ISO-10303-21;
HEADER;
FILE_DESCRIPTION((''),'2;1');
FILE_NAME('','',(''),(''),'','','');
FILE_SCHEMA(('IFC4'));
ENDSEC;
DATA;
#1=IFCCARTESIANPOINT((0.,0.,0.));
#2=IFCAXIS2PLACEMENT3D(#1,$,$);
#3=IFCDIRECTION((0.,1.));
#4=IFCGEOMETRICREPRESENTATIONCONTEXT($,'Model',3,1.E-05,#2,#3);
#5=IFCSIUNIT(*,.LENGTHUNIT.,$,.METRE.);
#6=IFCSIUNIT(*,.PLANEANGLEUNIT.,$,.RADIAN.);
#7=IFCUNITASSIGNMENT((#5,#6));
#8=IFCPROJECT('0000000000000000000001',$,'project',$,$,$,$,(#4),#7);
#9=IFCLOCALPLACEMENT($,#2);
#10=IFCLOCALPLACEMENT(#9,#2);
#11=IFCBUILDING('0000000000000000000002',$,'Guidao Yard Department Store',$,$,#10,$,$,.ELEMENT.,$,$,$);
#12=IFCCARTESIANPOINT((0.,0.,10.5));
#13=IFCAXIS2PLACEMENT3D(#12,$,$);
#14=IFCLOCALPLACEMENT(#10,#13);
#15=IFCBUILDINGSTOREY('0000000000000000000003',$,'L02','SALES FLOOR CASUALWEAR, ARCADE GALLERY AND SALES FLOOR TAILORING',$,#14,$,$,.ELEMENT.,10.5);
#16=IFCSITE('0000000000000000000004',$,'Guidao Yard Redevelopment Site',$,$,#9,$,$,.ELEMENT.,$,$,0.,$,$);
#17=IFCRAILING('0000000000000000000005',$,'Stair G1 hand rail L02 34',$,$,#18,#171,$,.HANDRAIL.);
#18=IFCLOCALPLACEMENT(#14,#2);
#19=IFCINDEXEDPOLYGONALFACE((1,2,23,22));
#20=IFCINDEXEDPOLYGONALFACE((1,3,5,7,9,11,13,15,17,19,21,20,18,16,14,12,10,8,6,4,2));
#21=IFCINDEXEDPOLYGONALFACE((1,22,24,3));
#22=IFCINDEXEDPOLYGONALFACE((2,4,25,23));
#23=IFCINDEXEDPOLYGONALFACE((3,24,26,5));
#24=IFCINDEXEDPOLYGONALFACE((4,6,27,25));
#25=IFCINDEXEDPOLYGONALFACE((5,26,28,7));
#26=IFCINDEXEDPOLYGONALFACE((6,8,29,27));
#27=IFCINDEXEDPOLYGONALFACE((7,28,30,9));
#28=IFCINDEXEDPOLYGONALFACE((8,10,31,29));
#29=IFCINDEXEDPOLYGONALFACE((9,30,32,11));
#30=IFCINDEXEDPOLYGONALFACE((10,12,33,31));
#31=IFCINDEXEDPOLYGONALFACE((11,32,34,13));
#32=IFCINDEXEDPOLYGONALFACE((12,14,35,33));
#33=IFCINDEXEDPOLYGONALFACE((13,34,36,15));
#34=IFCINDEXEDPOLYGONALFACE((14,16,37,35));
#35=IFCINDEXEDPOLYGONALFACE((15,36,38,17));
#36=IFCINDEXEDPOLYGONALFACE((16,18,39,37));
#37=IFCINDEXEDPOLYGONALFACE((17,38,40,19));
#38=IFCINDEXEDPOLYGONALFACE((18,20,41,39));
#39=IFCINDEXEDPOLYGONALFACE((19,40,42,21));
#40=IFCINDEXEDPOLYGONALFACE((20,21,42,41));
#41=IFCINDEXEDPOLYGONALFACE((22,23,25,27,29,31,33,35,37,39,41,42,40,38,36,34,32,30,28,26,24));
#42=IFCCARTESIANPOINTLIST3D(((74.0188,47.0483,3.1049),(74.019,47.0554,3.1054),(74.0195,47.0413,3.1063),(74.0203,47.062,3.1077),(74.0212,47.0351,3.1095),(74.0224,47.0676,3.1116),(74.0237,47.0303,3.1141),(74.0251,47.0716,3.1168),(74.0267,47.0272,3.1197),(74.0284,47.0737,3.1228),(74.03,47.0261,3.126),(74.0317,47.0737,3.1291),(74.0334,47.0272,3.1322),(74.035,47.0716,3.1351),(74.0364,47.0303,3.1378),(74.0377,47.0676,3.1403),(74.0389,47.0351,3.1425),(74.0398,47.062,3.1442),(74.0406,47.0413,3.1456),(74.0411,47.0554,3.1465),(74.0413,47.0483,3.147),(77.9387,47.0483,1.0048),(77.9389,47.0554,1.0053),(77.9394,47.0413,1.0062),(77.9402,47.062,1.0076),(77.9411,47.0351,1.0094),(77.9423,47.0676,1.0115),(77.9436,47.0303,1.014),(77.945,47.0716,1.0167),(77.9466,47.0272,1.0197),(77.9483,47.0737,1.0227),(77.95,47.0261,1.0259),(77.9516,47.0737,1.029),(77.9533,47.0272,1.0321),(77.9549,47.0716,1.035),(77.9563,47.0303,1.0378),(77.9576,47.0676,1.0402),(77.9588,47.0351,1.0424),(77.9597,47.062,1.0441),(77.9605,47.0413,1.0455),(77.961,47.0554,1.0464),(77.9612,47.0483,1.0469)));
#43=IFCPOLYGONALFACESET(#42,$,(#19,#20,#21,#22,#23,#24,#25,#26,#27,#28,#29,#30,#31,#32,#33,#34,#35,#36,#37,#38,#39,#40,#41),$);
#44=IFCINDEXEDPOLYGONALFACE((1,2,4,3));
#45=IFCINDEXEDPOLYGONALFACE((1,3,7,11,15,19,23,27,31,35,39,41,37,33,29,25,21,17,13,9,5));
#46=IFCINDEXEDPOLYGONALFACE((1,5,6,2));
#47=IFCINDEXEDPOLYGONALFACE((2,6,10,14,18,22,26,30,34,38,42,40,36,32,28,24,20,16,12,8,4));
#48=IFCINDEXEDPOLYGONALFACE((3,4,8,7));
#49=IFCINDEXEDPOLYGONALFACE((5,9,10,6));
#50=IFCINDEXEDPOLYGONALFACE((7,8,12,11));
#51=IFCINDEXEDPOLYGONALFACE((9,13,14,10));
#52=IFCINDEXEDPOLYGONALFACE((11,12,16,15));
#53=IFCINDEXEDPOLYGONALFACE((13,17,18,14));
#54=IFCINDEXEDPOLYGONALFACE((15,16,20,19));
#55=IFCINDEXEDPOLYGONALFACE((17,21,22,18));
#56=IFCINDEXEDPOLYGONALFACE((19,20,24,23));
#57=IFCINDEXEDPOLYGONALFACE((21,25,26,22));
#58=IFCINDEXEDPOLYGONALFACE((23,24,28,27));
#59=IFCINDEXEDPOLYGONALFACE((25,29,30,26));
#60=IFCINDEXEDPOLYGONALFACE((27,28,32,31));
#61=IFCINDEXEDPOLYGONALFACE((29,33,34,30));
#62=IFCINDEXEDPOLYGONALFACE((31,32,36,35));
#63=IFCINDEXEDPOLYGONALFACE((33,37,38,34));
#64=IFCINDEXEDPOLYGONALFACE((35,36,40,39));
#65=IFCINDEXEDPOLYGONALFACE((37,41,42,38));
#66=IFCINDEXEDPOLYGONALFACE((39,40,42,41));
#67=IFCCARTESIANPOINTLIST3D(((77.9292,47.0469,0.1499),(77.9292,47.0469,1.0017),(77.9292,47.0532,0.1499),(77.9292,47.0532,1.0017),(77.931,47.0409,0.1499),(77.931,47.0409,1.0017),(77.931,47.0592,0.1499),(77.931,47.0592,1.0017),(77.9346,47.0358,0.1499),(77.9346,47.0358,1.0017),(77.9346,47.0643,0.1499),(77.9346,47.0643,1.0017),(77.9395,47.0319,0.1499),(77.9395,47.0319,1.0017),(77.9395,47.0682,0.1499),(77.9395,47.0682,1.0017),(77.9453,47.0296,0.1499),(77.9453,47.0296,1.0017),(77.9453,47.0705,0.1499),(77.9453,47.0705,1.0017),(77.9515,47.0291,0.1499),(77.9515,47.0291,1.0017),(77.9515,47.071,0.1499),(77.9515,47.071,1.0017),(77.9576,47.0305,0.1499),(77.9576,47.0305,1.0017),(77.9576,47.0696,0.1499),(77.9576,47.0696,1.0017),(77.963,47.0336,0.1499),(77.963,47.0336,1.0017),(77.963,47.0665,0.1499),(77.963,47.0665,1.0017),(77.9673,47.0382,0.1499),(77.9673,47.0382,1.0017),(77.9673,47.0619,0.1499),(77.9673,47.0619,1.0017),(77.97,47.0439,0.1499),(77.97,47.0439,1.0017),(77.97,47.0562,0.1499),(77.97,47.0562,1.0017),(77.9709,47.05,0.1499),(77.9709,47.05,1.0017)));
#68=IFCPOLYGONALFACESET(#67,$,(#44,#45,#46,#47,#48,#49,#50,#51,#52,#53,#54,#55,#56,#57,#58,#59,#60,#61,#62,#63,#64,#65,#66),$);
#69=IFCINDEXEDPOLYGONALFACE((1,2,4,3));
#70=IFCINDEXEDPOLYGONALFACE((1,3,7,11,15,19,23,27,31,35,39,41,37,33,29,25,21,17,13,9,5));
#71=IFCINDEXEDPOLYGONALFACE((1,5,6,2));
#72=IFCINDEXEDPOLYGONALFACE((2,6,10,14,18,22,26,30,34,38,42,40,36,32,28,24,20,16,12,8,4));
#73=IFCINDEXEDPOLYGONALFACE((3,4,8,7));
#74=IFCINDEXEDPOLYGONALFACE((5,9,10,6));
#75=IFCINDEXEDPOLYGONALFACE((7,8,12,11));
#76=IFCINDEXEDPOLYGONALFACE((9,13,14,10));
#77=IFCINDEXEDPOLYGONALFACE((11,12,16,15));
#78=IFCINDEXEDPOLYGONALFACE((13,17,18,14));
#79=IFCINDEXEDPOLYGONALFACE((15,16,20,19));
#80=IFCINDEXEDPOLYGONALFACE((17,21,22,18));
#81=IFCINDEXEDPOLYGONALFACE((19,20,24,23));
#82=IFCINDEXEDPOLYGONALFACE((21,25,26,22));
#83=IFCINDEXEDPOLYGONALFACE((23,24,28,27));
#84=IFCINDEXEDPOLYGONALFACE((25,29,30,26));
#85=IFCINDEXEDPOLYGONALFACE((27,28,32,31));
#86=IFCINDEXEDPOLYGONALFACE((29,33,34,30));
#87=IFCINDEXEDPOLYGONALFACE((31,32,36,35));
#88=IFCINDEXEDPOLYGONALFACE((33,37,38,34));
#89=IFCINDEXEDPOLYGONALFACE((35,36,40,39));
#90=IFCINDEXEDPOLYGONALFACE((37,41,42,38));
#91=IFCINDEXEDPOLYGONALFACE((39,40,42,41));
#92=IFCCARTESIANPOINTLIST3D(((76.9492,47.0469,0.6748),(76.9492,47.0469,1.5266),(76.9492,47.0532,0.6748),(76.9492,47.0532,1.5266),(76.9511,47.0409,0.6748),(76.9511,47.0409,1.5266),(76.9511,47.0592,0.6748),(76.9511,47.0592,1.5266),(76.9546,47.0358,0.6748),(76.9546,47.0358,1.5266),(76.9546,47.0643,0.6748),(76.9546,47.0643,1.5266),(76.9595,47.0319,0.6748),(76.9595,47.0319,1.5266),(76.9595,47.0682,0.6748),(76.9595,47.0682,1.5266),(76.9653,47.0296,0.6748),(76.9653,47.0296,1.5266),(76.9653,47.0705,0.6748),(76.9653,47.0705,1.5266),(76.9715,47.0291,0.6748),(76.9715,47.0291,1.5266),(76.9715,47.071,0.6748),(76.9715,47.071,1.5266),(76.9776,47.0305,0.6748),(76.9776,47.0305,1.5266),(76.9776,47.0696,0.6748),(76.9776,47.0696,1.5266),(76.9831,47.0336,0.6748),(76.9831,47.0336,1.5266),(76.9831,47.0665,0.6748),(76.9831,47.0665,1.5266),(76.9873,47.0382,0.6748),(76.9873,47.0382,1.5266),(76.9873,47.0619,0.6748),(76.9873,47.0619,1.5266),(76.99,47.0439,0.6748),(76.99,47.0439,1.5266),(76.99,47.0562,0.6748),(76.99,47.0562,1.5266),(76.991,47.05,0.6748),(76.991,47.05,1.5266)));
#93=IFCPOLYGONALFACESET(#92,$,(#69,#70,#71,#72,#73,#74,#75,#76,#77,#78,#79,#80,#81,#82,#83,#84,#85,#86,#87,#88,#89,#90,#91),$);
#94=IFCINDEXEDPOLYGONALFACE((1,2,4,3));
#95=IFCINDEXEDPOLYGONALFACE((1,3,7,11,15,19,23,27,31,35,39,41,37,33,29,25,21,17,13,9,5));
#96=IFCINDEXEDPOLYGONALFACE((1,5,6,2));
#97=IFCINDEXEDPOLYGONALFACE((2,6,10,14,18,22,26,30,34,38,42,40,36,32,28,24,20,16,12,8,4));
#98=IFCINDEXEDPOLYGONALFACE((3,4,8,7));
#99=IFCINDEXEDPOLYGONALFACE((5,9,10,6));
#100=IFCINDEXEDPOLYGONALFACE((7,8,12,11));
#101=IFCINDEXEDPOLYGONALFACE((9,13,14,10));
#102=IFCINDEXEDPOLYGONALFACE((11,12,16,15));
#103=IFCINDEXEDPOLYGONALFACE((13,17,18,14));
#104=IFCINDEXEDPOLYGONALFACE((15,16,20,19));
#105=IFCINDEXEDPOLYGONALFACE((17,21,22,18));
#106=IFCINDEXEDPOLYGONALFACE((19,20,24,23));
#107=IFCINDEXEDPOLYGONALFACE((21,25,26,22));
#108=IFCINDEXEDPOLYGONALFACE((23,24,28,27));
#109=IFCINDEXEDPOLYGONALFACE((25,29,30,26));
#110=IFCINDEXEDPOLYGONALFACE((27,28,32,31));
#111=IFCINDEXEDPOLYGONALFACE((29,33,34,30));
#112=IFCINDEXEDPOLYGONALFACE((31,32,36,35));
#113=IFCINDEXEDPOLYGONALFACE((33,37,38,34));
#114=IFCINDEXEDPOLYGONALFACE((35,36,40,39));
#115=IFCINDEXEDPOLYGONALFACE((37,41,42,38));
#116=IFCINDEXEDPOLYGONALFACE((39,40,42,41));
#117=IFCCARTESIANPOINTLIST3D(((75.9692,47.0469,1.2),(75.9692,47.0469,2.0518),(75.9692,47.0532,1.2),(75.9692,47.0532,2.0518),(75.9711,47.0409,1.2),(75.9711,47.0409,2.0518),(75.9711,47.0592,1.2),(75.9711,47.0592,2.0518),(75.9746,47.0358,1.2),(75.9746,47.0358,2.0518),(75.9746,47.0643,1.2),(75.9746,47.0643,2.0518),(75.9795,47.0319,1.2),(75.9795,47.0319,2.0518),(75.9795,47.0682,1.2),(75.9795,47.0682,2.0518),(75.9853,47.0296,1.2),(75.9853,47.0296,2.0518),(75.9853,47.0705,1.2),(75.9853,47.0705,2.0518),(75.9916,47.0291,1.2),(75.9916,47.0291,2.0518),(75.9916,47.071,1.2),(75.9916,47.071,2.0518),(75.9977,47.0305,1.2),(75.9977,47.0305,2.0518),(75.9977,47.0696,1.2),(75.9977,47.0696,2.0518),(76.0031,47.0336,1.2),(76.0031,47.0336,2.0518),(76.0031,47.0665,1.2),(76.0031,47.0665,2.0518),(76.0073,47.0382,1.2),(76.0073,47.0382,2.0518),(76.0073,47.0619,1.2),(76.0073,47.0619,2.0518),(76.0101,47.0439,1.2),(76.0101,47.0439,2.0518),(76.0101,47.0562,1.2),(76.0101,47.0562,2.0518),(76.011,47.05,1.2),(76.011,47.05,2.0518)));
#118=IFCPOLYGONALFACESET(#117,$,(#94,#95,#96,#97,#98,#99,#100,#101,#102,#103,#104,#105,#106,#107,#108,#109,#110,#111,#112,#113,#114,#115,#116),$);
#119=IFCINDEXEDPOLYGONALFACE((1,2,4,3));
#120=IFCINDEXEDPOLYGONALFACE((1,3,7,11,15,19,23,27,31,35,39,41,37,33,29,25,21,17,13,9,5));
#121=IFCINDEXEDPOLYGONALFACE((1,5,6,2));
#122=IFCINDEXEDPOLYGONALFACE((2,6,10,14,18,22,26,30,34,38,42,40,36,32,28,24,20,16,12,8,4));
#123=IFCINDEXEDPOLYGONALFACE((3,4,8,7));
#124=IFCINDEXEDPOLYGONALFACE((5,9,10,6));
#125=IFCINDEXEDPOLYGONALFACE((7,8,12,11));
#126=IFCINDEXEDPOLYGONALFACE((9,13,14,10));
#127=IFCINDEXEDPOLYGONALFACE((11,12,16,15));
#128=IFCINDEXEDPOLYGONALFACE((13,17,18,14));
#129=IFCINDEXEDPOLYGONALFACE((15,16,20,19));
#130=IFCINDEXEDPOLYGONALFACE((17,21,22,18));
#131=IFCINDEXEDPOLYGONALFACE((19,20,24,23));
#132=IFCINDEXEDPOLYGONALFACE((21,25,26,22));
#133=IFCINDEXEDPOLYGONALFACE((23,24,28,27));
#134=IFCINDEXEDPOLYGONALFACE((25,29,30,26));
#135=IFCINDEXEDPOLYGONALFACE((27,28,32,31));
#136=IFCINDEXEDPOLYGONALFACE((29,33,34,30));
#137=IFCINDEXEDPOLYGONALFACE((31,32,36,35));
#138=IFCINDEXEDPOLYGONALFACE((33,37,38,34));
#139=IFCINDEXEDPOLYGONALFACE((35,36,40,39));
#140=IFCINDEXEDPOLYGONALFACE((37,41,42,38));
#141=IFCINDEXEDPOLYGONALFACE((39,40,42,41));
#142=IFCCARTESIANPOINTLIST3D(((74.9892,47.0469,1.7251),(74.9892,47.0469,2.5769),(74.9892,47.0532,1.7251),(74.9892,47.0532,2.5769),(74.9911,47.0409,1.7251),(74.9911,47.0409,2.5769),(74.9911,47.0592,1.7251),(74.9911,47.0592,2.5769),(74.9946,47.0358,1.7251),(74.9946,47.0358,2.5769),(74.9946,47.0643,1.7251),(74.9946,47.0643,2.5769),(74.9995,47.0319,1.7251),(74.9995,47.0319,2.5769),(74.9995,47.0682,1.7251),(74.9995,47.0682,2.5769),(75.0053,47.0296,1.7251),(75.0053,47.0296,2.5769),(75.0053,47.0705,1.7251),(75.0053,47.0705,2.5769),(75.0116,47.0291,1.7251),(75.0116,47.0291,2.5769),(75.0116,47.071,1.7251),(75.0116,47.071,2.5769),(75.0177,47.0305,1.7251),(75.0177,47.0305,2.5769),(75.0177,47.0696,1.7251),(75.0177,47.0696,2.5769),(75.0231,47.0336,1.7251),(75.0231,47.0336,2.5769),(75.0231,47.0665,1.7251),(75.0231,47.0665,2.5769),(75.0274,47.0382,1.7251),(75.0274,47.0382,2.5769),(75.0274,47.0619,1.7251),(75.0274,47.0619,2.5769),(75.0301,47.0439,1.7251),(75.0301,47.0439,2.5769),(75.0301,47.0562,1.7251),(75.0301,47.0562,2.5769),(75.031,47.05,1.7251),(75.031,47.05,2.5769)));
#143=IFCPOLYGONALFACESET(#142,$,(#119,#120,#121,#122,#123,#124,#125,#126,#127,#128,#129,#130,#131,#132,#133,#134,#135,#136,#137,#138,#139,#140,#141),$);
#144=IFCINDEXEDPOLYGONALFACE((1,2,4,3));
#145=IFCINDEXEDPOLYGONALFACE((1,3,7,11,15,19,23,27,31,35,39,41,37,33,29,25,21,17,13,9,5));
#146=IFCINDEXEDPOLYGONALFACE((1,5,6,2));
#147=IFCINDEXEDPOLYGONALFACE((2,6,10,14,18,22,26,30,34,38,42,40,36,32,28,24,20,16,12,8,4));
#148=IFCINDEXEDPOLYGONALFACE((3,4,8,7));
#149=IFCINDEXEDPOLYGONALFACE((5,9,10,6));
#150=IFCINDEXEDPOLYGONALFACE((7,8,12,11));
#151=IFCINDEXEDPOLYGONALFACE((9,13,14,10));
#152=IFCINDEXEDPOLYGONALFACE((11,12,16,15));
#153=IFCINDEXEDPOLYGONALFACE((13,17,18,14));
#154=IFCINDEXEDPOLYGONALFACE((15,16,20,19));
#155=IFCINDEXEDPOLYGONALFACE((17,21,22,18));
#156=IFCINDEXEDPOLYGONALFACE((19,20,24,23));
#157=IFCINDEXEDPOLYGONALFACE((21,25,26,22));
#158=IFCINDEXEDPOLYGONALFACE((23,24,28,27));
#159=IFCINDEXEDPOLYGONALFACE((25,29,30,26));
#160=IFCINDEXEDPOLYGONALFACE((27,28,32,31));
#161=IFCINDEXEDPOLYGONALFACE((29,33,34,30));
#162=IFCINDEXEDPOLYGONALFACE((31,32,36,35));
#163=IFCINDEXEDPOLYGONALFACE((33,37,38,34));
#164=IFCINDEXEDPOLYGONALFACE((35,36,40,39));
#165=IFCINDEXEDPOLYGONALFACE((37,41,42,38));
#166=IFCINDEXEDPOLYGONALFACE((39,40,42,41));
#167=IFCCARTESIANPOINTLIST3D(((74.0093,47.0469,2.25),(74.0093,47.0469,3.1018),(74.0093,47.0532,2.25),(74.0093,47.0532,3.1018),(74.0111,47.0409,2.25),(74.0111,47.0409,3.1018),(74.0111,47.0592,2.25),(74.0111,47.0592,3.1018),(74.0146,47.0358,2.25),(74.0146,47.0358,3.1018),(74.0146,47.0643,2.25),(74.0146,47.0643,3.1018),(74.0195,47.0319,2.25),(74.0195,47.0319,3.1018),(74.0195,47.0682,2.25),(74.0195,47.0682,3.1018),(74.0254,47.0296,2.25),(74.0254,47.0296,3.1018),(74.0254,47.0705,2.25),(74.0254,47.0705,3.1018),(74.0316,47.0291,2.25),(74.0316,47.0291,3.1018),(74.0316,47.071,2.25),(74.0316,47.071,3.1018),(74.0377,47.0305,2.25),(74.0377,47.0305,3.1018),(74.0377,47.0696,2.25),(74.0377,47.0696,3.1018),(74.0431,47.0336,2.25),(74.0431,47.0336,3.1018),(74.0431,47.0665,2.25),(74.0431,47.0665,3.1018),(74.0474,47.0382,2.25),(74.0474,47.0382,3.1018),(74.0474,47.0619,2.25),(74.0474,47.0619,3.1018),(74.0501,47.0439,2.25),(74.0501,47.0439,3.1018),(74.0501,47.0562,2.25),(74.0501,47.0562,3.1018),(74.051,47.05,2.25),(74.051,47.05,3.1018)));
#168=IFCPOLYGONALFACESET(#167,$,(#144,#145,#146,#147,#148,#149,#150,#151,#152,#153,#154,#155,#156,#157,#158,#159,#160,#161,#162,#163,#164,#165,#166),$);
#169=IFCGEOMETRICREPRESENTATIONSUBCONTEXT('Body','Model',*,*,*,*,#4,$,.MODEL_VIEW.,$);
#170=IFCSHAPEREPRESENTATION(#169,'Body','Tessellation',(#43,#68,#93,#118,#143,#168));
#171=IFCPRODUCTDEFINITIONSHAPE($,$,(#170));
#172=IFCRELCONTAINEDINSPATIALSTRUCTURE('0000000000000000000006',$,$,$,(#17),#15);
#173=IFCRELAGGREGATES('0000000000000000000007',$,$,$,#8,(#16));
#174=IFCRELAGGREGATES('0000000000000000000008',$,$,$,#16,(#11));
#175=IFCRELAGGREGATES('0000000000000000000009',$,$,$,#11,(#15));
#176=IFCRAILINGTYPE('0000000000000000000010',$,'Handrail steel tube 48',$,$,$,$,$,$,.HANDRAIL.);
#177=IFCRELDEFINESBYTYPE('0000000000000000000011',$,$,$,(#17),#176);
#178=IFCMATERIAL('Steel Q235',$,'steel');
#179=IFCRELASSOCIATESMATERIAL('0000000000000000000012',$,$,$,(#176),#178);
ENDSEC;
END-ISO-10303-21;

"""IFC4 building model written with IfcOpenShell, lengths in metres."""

from ifc_helpers import new_model, si_unit, direction, frame, origin, origin_2d, place, context, subcontext, project, spatial, circle, extrude, material, type_object, element, save


model = new_model("IFC4")

# Units and contexts
model_context = context("Model", 3, precision=1e-05, world=origin(), true_north=direction((0.0, 1.0)))
body_context = subcontext(model_context, "Body", "Model", "MODEL_VIEW")
ifc_project = project(units=[si_unit("LENGTHUNIT", "METRE"), si_unit("PLANEANGLEUNIT", "RADIAN")], contexts=[model_context])

# Site, building, storey
site_placement = place(None, origin())
site = spatial("IfcSite", under=ifc_project, at=site_placement, Name="Guidao Yard Redevelopment Site", CompositionType="ELEMENT", RefElevation=0.0)
building_placement = place(site_placement, origin())
building = spatial("IfcBuilding", under=site, at=building_placement, Name="Guidao Yard Department Store", CompositionType="ELEMENT")
storey_placement = place(building_placement, frame((0.0, 0.0, 10.5)))
storey = spatial("IfcBuildingStorey", under=building, at=storey_placement, Name="L02", Description="SALES FLOOR CASUALWEAR, ARCADE GALLERY AND SALES FLOOR TAILORING", CompositionType="ELEMENT", Elevation=10.5)

# Railing
ifc_material_1 = material(Name="Steel Q235", Category="steel")
railing_type_1 = type_object("IfcRailingType", Name="Handrail steel tube 48", PredefinedType="HANDRAIL", material=ifc_material_1)
for number, where, name in (
    (1, (77.95, 47.05, 0.1499), "Stair G1 hand rail L02 34"),
):
    element("IfcRailing", number, at=place(storey_placement, frame(where)), inside=storey, type_object=railing_type_1, Name=name, PredefinedType="HANDRAIL", context=body_context, shape_type="SweptSolid", body=[
        extrude(circle(Radius=0.0239, at=origin_2d()), frame((0.0, 0.0, 0.876), z_axis=(-0.881467, 0.0, 0.472246), x_axis=(0.0, -1.0, 0.0)), (0.0, 0.0, 1.0), 4.447),
        extrude(circle(Radius=0.021, at=origin_2d()), origin(), (0.0, 0.0, 1.0), 0.8518),
        extrude(circle(Radius=0.021, at=origin_2d()), frame((-0.98, 0.0, 0.5249)), (0.0, 0.0, 1.0), 0.8518),
        extrude(circle(Radius=0.021, at=origin_2d()), frame((-1.96, 0.0, 1.05)), (0.0, 0.0, 1.0), 0.8518),
        extrude(circle(Radius=0.021, at=origin_2d()), frame((-2.9399, 0.0, 1.5752)), (0.0, 0.0, 1.0), 0.8518),
        extrude(circle(Radius=0.021, at=origin_2d()), frame((-3.9199, 0.0, 2.1001)), (0.0, 0.0, 1.0), 0.8518),
    ])

save(model, "model.ifc")
